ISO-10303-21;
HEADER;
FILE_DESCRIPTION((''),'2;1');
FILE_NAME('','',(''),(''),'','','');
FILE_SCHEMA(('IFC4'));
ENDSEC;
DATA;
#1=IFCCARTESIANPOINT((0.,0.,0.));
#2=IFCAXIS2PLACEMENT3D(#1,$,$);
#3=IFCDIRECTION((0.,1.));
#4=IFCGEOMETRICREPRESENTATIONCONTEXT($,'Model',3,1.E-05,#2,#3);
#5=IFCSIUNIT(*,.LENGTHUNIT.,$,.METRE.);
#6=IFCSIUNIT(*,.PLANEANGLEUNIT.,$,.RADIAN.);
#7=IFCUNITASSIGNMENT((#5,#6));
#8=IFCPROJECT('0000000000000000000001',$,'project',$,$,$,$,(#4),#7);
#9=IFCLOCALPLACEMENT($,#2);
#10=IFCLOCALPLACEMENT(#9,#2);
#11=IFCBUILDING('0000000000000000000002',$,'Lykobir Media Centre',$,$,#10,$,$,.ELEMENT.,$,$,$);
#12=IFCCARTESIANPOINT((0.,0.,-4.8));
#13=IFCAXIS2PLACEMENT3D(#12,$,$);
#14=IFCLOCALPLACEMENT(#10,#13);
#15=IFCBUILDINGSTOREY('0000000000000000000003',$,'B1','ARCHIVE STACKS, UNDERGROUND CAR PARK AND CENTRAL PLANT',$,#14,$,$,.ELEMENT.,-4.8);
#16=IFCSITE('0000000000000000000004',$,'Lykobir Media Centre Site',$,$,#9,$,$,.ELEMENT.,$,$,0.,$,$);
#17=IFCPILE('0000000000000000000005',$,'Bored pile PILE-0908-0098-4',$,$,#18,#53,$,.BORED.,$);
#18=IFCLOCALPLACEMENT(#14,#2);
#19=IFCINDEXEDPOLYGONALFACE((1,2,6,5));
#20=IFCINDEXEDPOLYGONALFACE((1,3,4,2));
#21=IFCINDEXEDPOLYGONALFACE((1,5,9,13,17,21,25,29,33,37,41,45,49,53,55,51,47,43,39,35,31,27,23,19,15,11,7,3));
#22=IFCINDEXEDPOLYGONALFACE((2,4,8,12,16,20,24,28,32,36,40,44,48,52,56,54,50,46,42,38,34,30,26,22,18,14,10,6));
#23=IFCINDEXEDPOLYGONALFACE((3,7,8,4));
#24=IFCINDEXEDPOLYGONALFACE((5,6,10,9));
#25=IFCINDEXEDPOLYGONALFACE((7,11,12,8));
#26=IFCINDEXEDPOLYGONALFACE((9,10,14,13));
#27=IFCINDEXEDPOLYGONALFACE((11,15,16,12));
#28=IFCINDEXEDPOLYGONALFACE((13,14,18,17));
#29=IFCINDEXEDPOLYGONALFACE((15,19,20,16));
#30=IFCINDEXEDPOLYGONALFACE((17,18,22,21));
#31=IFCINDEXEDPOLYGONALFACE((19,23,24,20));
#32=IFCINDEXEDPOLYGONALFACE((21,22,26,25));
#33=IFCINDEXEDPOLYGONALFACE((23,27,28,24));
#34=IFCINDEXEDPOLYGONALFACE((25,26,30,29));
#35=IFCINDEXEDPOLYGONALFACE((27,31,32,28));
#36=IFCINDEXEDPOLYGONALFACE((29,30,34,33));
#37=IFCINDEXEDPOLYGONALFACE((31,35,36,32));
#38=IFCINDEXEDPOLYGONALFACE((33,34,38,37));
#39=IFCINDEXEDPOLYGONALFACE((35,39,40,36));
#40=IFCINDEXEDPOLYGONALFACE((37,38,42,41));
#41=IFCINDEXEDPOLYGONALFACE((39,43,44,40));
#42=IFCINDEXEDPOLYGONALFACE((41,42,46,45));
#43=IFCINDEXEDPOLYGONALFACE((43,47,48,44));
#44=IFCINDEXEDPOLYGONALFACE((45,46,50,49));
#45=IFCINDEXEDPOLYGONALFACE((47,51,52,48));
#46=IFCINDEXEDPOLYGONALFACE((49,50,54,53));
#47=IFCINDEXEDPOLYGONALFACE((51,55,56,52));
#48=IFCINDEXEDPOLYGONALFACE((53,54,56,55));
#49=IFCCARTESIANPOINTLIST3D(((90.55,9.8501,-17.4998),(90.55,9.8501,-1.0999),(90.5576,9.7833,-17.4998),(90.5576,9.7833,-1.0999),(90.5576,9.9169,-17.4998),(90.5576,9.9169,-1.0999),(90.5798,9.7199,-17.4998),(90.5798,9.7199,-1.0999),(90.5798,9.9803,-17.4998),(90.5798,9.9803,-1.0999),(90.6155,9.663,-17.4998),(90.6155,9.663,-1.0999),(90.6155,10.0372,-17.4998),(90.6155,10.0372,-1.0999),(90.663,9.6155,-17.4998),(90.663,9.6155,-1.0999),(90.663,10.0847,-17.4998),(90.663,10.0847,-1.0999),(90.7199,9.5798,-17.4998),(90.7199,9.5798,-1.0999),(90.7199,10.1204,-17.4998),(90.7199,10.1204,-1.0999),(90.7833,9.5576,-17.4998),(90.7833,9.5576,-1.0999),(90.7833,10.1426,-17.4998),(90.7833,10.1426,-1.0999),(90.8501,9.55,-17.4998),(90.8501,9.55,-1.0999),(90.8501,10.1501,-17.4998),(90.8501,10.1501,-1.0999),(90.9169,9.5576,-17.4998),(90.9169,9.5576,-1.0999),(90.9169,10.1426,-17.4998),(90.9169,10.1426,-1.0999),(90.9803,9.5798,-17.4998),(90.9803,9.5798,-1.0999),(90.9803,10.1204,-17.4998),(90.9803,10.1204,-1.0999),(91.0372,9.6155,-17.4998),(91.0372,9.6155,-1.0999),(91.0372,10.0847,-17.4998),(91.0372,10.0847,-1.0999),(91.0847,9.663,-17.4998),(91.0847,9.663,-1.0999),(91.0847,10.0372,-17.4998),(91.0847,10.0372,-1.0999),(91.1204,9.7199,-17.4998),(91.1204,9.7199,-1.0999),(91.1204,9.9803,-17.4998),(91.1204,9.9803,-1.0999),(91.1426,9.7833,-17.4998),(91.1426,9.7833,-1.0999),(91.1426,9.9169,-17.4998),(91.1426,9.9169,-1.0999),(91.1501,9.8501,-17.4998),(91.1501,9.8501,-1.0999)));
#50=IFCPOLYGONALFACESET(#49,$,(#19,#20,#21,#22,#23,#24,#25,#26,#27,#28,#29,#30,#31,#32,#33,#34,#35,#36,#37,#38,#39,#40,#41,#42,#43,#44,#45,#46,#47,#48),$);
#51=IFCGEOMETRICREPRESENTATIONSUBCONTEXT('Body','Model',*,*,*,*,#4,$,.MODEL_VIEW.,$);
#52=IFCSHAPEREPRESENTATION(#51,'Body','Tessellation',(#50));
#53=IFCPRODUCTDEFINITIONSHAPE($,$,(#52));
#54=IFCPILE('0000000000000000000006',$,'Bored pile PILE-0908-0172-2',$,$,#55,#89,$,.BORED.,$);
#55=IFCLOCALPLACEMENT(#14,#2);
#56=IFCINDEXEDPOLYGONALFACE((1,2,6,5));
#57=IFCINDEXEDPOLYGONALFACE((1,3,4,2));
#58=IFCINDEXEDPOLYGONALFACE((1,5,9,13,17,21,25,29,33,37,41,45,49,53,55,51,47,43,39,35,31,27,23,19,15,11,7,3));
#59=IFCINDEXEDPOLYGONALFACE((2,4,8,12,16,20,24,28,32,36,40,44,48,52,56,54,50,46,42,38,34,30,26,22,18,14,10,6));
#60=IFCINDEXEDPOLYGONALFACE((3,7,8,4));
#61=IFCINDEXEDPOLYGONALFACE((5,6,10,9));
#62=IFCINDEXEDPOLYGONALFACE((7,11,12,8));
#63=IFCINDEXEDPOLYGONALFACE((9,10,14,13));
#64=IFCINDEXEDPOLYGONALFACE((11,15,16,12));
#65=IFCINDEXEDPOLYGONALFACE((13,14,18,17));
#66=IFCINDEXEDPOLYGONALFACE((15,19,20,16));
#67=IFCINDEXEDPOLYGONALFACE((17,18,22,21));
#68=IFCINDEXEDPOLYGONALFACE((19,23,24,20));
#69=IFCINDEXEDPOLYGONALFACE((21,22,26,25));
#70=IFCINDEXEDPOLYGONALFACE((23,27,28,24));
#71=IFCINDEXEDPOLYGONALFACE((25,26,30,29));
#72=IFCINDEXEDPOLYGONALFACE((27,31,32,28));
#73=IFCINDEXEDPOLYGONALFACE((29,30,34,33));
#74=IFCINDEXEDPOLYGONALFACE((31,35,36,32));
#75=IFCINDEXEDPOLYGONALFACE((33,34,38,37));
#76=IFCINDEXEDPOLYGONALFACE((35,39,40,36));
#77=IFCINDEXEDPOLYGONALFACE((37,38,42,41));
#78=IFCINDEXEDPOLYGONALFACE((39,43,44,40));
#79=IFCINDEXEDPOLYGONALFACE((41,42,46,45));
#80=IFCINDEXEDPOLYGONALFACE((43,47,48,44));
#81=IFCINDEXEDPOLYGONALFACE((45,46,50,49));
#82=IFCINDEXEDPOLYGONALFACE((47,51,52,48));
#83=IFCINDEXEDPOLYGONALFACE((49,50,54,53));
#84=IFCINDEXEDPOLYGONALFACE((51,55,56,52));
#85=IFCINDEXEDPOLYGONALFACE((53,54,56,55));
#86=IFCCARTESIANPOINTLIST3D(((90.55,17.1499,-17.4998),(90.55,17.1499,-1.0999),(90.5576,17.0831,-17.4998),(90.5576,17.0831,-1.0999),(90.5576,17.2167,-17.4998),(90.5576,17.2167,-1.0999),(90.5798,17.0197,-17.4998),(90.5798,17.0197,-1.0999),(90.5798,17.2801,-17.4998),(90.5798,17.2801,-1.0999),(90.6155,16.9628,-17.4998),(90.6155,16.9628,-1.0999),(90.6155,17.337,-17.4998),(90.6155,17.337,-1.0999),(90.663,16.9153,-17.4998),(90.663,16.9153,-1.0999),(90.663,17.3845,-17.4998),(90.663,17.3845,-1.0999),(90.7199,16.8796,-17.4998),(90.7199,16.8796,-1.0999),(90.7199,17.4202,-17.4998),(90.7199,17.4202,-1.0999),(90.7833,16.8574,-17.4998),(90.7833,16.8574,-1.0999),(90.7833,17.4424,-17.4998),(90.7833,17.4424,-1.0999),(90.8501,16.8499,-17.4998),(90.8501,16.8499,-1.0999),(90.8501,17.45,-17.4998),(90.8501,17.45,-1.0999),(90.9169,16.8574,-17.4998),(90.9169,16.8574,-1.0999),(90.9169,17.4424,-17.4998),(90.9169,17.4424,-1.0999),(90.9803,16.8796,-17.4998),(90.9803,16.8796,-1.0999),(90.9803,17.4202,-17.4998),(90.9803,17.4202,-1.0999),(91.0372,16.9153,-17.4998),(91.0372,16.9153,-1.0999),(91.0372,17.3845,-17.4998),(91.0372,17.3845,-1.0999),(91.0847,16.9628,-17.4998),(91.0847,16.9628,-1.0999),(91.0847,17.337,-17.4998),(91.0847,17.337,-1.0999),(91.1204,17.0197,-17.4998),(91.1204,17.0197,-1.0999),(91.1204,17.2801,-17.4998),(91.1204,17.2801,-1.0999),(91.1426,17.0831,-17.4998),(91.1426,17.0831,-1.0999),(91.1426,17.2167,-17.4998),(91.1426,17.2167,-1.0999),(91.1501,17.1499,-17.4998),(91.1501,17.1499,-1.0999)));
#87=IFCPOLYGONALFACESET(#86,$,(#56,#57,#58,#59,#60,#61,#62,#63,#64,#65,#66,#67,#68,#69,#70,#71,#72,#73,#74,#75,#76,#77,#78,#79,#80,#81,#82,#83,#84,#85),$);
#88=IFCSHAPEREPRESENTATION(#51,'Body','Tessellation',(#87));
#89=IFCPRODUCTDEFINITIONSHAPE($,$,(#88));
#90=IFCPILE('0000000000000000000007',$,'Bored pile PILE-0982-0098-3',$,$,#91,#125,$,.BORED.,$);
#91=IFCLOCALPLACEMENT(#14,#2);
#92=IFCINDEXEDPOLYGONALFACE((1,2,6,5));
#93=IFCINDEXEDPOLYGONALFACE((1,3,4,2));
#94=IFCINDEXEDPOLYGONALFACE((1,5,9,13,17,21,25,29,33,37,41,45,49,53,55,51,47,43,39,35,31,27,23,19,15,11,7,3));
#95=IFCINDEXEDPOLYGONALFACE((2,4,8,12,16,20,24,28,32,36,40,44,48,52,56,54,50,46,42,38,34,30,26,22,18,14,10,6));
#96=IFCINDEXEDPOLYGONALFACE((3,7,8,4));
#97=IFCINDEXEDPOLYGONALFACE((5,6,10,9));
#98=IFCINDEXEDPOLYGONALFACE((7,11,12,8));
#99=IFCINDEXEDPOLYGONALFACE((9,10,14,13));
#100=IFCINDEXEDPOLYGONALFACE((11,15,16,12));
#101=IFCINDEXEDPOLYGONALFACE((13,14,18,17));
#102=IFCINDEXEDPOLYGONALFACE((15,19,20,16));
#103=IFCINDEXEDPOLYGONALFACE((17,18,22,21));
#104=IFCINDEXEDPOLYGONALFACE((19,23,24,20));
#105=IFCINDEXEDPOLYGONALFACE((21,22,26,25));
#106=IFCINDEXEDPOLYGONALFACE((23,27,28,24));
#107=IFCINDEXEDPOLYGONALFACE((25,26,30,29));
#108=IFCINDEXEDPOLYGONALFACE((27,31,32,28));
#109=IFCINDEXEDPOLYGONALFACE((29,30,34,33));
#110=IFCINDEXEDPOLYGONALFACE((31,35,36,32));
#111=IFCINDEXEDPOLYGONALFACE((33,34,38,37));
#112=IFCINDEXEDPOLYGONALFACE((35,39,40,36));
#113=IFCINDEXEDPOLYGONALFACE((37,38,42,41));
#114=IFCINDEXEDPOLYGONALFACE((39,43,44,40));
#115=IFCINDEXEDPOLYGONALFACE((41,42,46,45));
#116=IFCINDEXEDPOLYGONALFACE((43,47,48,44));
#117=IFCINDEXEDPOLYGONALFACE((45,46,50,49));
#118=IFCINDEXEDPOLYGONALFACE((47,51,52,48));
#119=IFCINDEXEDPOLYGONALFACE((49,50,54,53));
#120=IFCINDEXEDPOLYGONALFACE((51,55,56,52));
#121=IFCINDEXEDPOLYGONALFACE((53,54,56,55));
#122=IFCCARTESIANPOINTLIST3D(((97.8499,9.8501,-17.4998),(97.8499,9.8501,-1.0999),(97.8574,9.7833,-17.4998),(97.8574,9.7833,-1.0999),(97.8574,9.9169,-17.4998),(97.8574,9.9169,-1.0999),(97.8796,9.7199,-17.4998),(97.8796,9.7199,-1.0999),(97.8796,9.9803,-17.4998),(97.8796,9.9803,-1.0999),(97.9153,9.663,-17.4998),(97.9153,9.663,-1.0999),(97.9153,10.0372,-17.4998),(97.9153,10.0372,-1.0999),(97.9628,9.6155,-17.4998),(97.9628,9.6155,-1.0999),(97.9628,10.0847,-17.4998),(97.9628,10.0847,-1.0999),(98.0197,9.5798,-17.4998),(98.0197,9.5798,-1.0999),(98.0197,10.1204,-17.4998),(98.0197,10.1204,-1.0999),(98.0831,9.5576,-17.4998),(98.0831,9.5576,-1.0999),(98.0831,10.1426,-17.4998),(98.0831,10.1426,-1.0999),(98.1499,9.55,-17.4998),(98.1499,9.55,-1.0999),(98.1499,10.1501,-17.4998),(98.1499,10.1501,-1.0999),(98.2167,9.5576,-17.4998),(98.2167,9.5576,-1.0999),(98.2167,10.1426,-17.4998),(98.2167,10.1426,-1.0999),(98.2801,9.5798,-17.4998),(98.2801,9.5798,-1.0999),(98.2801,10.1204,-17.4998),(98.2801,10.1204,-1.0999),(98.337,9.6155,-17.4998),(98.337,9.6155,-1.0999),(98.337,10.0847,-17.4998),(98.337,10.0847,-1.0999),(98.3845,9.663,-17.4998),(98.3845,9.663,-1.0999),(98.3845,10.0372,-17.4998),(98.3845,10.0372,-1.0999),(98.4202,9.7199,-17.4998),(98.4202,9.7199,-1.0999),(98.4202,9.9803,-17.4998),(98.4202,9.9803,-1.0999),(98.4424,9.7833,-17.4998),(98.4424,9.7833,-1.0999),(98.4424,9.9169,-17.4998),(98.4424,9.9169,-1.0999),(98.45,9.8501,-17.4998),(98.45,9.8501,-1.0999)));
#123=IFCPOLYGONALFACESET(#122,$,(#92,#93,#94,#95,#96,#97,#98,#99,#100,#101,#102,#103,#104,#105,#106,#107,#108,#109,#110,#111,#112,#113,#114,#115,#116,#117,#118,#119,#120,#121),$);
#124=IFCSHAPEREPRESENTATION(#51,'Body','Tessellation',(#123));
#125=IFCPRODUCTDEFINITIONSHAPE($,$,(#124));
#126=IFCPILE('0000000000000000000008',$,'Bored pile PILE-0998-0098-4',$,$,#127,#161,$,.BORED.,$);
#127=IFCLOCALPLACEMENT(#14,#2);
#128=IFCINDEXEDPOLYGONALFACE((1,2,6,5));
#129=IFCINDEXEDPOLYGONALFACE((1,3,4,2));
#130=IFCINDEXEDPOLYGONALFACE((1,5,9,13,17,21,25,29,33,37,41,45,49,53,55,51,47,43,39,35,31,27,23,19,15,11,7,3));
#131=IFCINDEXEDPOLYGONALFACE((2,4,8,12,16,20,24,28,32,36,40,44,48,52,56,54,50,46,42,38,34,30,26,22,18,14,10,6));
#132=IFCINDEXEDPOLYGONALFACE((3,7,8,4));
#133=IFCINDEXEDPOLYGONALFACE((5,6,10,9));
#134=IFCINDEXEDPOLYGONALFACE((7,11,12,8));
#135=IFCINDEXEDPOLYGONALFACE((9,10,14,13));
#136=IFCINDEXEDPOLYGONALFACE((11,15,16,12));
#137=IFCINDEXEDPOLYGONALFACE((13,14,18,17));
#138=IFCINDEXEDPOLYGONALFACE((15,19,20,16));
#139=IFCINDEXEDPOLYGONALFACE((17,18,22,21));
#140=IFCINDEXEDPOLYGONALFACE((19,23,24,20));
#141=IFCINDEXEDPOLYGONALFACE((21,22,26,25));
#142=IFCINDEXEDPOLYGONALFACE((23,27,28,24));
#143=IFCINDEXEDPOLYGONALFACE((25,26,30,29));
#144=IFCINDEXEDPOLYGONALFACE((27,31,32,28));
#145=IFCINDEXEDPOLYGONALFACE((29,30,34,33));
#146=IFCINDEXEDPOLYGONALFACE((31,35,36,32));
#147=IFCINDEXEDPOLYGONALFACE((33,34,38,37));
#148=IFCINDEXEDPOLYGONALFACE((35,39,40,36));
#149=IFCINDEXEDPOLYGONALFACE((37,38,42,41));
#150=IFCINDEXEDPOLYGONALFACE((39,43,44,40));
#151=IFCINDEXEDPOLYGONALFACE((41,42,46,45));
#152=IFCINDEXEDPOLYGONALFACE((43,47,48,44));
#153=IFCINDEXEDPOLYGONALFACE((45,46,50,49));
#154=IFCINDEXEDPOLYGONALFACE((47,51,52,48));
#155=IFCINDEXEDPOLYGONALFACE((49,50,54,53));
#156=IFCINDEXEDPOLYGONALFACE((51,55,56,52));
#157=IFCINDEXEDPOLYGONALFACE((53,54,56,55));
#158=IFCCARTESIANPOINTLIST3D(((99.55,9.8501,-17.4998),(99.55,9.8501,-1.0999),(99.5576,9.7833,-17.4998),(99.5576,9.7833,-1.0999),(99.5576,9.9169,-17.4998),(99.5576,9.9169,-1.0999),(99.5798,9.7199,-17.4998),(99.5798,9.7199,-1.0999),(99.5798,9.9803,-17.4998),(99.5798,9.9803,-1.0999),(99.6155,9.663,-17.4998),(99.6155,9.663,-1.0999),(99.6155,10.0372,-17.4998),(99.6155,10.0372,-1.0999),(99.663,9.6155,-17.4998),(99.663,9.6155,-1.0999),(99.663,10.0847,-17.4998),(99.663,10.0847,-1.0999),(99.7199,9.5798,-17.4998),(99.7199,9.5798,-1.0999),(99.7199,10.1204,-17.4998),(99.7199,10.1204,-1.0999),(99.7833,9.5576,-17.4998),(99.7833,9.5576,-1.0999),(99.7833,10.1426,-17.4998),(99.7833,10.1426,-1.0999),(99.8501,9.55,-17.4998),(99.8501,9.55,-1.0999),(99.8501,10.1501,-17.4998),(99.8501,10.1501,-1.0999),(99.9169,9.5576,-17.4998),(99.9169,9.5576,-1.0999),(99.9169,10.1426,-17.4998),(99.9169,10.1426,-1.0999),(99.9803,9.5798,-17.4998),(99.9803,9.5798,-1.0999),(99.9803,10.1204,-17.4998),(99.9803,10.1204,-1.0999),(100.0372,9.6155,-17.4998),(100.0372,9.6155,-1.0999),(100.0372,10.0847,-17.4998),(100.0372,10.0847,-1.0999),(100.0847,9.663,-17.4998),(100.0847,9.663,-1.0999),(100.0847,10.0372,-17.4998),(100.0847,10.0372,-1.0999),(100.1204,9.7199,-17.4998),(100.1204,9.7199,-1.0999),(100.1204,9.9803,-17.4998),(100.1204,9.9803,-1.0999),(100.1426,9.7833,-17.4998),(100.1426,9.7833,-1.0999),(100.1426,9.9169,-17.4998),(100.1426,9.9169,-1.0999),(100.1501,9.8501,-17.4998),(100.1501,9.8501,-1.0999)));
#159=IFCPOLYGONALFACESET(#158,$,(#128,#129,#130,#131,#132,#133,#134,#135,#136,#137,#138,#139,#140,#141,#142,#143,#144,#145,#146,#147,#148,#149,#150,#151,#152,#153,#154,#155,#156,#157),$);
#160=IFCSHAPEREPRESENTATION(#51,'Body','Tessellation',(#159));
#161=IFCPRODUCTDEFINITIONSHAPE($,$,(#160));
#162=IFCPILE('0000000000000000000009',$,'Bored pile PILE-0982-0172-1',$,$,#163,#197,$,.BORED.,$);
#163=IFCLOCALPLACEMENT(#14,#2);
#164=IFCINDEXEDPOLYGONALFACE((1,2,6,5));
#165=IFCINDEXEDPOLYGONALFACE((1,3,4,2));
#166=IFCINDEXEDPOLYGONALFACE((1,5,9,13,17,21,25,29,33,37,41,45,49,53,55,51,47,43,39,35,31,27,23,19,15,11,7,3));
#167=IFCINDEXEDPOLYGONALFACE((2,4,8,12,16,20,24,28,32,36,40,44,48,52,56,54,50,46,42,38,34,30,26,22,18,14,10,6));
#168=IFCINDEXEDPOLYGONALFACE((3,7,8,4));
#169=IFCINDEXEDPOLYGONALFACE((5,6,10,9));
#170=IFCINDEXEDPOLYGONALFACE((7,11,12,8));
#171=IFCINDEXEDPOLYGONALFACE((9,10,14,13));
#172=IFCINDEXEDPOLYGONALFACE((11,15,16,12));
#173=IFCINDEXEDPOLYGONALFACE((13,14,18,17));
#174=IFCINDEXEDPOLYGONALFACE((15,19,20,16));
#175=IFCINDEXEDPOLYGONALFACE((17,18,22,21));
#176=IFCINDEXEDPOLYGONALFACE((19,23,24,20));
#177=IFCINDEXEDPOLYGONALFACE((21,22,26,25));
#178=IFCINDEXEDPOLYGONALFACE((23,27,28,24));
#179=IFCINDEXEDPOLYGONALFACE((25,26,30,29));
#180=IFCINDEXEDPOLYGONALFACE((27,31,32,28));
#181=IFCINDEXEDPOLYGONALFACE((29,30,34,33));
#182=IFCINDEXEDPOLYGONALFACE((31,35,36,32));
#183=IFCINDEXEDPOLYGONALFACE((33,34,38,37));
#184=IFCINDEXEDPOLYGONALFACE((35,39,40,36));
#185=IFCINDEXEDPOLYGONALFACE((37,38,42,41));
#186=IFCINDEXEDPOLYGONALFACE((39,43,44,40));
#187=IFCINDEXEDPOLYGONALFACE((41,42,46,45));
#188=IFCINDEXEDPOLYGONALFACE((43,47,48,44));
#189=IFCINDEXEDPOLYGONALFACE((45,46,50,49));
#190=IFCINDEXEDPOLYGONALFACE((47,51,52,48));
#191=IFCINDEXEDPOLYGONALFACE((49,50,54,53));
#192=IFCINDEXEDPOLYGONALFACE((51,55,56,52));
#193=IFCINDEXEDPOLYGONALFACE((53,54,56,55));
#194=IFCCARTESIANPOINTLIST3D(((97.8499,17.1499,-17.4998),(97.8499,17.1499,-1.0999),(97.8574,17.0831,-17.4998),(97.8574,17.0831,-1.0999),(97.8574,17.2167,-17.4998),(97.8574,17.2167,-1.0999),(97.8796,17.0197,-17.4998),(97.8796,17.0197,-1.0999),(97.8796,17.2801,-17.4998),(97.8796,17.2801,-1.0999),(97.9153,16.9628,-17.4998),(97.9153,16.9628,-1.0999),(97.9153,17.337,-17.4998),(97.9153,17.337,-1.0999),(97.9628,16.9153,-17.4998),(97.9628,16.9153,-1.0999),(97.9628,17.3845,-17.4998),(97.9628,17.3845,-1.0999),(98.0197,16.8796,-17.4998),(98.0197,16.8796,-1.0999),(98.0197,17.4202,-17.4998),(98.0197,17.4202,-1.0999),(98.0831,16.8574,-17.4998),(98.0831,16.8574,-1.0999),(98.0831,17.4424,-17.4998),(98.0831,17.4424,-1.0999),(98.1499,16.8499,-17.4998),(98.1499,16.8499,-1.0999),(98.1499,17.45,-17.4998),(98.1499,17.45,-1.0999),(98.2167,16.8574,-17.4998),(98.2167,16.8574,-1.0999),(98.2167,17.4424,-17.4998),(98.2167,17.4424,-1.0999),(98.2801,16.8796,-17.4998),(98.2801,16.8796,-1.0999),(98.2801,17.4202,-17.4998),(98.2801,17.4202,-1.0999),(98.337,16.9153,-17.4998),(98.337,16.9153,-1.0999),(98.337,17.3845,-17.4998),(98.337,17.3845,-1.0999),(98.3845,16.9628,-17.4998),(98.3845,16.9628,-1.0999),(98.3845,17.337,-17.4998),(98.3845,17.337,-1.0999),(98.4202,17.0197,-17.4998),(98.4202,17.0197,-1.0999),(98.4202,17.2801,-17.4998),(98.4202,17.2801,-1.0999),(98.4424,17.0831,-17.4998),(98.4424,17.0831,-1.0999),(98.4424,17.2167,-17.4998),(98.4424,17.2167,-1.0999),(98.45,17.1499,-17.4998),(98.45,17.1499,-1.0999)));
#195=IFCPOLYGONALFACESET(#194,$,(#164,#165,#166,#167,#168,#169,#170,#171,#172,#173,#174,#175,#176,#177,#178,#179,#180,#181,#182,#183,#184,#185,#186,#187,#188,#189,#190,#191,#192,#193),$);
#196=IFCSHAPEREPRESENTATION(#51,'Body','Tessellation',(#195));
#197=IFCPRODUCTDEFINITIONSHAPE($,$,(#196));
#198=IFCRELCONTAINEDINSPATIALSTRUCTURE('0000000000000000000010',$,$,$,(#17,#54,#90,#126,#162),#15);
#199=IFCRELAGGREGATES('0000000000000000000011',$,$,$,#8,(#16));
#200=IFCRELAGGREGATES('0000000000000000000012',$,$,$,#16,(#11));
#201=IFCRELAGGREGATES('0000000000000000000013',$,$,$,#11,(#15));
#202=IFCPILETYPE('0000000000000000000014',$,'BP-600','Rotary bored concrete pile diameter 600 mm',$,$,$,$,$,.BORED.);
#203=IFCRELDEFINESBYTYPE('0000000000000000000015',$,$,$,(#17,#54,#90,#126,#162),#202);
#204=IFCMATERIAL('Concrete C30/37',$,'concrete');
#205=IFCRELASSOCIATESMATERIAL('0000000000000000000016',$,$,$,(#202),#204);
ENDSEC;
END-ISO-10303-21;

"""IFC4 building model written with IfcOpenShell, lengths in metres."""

from ifc_helpers import new_model, si_unit, direction, frame, origin, origin_2d, place, context, subcontext, project, spatial, circle, extrude, material, material_profile, profile_set, type_object, element, save


model = new_model("IFC4")

# Units and contexts
model_context = context("Model", 3, precision=1e-05, world=origin(), true_north=direction((0.0, 1.0)))
body_context = subcontext(model_context, "Body", "Model", "MODEL_VIEW")
ifc_project = project(units=[si_unit("LENGTHUNIT", "METRE"), si_unit("PLANEANGLEUNIT", "RADIAN")], contexts=[model_context])

# Site, building, storey
site_placement = place(None, origin())
site = spatial("IfcSite", under=ifc_project, at=site_placement, Name="Lykobir Media Centre Site", CompositionType="ELEMENT", RefElevation=0.0)
building_placement = place(site_placement, origin())
building = spatial("IfcBuilding", under=site, at=building_placement, Name="Lykobir Media Centre", CompositionType="ELEMENT")
storey_placement = place(building_placement, frame((0.0, 0.0, -4.8)))
storey = spatial("IfcBuildingStorey", under=building, at=storey_placement, Name="B1", Description="ARCHIVE STACKS, UNDERGROUND CAR PARK AND CENTRAL PLANT", CompositionType="ELEMENT", Elevation=-4.8)

# Piles
ifc_material_1 = material(Name="Concrete C30/37", Category="concrete")
ifc_material_profile_1 = material_profile(ifc_material_1, circle(Radius=0.3, at=origin_2d()), Name="BORED PILE D600")
ifc_profile_set_1 = profile_set([ifc_material_profile_1], Name="Concrete C30/37")
pile_type = type_object("IfcPileType", Name="BP-600", Description="Rotary bored concrete pile diameter 600 mm", PredefinedType="BORED", material=ifc_profile_set_1)
for number, where, z_axis, x_axis, name in (
    (1, (90.8501, 9.8501, -1.0999), (0.0, 0.0, -1.0), (1.0, 0.0, 0.0), "Bored pile PILE-0908-0098-4"),
    (2, (90.8501, 17.1499, -1.0999), (0.0, 0.0, -1.0), (1.0, 0.0, 0.0), "Bored pile PILE-0908-0172-2"),
    (3, (98.1499, 9.8501, -1.0999), (0.0, 0.0, -1.0), (1.0, 0.0, 0.0), "Bored pile PILE-0982-0098-3"),
    (4, (99.8501, 9.8501, -1.0999), (0.0, 0.0, -1.0), (1.0, 0.0, 0.0), "Bored pile PILE-0998-0098-4"),
    (5, (98.1499, 17.1499, -1.0999), (0.0, 0.0, -1.0), (1.0, 0.0, 0.0), "Bored pile PILE-0982-0172-1"),
):
    element("IfcPile", number, at=place(storey_placement, frame(where, z_axis=z_axis, x_axis=x_axis)), inside=storey, type_object=pile_type, Name=name, PredefinedType="BORED", context=body_context, shape_type="SweptSolid", body=[
        extrude(circle(Radius=0.3, at=origin_2d()), origin(), (0.0, 0.0, 1.0), 16.3999),
    ])

save(model, "model.ifc")
